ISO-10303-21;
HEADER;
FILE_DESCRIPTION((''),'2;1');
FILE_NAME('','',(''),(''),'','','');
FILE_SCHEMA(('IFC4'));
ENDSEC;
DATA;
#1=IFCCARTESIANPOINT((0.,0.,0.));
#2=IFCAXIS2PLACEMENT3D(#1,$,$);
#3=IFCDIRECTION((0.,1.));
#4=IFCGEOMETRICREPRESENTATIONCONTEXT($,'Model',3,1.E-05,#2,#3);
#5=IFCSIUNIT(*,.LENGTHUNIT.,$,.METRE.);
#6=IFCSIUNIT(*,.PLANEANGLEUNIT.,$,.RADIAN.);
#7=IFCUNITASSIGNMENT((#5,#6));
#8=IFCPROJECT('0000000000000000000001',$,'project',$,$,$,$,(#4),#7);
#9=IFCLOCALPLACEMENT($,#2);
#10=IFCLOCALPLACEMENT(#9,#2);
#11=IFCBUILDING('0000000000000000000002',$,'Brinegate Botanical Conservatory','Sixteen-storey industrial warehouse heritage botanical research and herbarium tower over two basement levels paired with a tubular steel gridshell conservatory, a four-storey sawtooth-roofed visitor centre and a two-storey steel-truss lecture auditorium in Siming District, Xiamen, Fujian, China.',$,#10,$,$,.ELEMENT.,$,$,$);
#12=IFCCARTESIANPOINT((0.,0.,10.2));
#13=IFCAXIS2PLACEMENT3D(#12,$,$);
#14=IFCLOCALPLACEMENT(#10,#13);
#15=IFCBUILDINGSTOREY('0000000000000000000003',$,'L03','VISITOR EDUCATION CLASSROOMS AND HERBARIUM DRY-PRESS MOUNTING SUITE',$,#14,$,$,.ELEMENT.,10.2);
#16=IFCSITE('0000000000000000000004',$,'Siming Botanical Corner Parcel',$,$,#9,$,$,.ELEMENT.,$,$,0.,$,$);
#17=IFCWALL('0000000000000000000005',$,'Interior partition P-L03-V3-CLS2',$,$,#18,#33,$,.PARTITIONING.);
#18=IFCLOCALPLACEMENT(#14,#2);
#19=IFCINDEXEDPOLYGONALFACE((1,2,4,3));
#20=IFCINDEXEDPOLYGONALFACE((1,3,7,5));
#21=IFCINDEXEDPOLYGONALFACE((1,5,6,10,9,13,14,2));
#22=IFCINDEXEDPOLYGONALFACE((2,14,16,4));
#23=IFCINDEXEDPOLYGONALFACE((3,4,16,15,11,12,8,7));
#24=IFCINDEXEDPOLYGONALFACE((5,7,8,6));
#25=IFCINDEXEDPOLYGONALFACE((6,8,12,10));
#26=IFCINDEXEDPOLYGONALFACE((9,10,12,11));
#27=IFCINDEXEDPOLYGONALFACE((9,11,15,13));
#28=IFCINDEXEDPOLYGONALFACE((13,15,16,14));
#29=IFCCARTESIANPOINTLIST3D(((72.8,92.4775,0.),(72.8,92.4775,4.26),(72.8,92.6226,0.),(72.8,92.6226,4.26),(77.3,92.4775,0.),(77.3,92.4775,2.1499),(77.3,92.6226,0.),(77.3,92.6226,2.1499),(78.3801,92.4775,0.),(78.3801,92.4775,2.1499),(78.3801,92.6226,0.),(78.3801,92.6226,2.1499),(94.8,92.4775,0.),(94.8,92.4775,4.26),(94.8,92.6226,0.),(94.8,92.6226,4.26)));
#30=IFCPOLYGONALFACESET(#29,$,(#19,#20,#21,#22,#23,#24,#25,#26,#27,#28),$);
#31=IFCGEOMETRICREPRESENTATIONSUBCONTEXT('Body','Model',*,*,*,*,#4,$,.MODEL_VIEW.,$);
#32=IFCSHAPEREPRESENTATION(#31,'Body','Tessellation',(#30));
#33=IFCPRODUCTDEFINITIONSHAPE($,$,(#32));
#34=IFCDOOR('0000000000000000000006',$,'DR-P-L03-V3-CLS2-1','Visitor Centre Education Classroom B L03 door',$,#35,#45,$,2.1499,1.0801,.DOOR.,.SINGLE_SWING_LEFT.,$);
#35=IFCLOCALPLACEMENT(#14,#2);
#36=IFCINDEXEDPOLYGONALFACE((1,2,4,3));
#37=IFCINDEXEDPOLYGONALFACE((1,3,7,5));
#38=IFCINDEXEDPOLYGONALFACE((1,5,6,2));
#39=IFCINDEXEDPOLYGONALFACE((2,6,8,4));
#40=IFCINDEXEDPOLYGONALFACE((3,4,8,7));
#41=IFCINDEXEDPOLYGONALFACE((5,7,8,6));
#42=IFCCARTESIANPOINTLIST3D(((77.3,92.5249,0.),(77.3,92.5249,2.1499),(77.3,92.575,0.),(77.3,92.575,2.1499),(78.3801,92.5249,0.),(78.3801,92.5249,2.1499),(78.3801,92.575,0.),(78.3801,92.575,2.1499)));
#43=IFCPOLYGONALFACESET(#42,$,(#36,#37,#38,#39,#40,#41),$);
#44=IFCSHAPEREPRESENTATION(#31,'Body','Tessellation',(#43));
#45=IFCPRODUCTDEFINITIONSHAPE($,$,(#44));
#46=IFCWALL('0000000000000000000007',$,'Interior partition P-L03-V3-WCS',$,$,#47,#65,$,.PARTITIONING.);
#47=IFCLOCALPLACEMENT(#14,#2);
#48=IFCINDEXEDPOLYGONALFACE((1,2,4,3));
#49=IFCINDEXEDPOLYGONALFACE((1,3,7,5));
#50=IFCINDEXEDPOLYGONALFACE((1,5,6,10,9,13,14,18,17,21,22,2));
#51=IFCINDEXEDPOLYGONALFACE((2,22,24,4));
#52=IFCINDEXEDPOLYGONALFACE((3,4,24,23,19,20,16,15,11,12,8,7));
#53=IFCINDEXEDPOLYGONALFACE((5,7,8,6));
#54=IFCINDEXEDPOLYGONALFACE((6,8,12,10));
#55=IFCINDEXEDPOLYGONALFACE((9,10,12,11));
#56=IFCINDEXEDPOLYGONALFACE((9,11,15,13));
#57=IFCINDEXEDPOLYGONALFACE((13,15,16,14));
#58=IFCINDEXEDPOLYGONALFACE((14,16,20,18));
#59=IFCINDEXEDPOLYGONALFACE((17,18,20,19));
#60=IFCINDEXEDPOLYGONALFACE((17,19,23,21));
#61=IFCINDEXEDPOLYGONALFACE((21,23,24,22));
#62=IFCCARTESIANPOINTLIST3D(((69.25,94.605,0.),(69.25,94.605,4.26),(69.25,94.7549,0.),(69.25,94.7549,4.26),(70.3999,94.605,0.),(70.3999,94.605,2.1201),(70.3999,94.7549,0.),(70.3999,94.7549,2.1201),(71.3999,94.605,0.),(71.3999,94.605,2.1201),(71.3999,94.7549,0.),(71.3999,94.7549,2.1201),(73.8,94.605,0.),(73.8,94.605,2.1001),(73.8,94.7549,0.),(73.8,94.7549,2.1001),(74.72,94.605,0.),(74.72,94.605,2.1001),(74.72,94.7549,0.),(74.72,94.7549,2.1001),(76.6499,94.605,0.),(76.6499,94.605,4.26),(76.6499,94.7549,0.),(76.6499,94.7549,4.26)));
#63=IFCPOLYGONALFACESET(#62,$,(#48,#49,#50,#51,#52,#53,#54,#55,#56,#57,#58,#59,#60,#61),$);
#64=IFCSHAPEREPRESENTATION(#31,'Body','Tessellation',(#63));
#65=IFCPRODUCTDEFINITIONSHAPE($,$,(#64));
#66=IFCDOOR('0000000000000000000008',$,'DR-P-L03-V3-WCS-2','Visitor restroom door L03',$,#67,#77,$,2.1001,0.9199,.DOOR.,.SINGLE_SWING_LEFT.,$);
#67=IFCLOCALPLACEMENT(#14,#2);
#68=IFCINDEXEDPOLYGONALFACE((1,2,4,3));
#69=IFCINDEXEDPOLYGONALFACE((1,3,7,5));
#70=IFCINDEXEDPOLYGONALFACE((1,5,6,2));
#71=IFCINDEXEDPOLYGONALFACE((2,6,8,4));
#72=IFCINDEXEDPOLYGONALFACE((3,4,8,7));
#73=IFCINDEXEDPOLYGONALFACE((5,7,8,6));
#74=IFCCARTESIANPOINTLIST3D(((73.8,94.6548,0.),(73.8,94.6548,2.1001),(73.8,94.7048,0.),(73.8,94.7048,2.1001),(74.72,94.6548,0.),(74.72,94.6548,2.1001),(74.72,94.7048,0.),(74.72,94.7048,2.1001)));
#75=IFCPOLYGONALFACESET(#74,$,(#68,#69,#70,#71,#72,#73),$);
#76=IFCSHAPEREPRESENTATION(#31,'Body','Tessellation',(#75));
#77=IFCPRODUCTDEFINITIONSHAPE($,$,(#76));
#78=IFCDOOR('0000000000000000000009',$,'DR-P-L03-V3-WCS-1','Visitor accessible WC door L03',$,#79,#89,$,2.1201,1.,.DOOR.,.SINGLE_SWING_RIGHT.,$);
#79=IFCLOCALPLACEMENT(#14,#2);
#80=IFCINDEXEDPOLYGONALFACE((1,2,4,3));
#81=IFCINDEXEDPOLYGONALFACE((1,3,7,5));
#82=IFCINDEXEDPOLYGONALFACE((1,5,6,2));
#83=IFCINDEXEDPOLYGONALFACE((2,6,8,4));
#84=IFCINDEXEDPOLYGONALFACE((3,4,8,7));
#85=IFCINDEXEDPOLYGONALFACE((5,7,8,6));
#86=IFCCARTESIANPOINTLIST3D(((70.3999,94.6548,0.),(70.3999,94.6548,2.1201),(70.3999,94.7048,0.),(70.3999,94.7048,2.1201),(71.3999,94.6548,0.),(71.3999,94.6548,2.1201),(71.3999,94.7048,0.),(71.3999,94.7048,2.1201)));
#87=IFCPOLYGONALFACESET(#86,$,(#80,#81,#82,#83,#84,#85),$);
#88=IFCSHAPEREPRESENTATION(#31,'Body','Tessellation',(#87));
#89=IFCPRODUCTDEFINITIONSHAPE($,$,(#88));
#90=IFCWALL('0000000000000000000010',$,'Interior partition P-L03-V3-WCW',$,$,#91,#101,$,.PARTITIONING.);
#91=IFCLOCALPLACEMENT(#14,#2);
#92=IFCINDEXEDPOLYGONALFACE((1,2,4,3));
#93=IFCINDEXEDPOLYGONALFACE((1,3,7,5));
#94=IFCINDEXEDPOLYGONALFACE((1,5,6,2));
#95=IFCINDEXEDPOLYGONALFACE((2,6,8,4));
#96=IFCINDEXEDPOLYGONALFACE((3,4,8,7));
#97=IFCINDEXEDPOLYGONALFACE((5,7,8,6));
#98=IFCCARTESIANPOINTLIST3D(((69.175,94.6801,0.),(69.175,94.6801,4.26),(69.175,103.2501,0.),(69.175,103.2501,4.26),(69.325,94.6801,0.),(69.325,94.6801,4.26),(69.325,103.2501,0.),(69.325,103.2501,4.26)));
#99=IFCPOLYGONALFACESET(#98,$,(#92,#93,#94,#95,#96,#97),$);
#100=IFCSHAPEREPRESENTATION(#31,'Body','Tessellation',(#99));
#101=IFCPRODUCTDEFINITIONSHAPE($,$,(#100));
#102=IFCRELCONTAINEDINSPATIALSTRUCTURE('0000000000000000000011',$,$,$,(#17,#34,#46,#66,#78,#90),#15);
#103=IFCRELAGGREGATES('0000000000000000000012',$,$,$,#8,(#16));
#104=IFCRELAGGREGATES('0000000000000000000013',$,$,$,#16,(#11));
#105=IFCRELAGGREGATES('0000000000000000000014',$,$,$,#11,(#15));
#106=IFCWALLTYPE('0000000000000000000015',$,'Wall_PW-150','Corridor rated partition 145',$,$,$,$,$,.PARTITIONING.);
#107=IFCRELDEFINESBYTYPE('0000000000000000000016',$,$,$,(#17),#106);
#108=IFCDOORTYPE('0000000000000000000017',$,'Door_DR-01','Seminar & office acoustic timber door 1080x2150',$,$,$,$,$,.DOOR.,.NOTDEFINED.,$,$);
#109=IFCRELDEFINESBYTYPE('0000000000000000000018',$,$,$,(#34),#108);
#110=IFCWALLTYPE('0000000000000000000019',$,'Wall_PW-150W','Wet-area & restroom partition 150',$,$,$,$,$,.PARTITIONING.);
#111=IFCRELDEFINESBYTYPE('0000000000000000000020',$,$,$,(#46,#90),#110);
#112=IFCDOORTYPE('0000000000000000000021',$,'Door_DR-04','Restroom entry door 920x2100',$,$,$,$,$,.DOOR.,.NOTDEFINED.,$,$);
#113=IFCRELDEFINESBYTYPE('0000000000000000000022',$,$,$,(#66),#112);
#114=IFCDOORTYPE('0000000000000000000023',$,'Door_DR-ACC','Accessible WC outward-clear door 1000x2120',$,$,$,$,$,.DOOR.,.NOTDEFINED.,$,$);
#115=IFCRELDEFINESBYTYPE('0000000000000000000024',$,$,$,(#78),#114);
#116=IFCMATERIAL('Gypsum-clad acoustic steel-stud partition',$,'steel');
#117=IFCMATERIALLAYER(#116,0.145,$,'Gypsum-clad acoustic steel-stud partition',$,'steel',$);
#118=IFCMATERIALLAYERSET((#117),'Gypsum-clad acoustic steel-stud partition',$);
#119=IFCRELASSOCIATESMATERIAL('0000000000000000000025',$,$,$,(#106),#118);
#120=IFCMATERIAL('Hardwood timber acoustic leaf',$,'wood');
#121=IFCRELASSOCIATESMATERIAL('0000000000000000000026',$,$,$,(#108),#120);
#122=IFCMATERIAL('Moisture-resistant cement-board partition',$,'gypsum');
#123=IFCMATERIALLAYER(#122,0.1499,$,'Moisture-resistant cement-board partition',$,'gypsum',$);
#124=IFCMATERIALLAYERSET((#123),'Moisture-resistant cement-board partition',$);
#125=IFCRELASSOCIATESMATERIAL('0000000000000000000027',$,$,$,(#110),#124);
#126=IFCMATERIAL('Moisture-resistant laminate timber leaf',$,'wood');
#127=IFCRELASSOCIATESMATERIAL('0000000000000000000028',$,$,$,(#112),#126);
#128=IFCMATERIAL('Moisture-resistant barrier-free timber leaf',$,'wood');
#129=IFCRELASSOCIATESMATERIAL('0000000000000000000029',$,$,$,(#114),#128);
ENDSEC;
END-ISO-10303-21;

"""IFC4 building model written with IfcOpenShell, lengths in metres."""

from ifc_helpers import new_model, si_unit, direction, frame, frame_2d, origin, place, context, subcontext, project, spatial, rectangle, extrude, material, layer, layer_set, type_object, element, fill, save


model = new_model("IFC4")

# Units and contexts
model_context = context("Model", 3, precision=1e-05, world=origin(), true_north=direction((0.0, 1.0)))
body_context = subcontext(model_context, "Body", "Model", "MODEL_VIEW")
ifc_project = project(units=[si_unit("LENGTHUNIT", "METRE"), si_unit("PLANEANGLEUNIT", "RADIAN")], contexts=[model_context])

# Site, building, storey
site_placement = place(None, origin())
site = spatial("IfcSite", under=ifc_project, at=site_placement, Name="Siming Botanical Corner Parcel", CompositionType="ELEMENT", RefElevation=0.0)
building_placement = place(site_placement, origin())
building = spatial("IfcBuilding", under=site, at=building_placement, Name="Brinegate Botanical Conservatory", Description="Sixteen-storey industrial warehouse heritage botanical research and herbarium tower over two basement levels paired with a tubular steel gridshell conservatory, a four-storey sawtooth-roofed visitor centre and a two-storey steel-truss lecture auditorium in Siming District, Xiamen, Fujian, China.", CompositionType="ELEMENT")
storey_placement = place(building_placement, frame((0.0, 0.0, 10.2)))
storey = spatial("IfcBuildingStorey", under=building, at=storey_placement, Name="L03", Description="VISITOR EDUCATION CLASSROOMS AND HERBARIUM DRY-PRESS MOUNTING SUITE", CompositionType="ELEMENT", Elevation=10.2)

# Wall, opening, door
ifc_material_1 = material(Name="Gypsum-clad acoustic steel-stud partition", Category="steel")
ifc_layer_1 = layer(ifc_material_1, 0.145, Name="Gypsum-clad acoustic steel-stud partition", Category="steel")
ifc_layer_set_1 = layer_set([ifc_layer_1], Name="Gypsum-clad acoustic steel-stud partition")
wall_type_1 = type_object("IfcWallType", Name="Wall_PW-150", Description="Corridor rated partition 145", PredefinedType="PARTITIONING", material=ifc_layer_set_1)
wall_1_placement = place(storey_placement, frame((72.8, 92.55, 0.0), z_axis=(0.0, 0.0, 1.0), x_axis=(1.0, 0.0, 0.0)))
wall_1 = element("IfcWall", 1, at=wall_1_placement, inside=storey, type_object=wall_type_1, Name="Interior partition P-L03-V3-CLS2", PredefinedType="PARTITIONING", context=body_context, shape_type="SweptSolid", body=[
    extrude(rectangle(XDim=22.0, YDim=0.145, at=frame_2d((11.0, 0.0))), origin(), (0.0, 0.0, 1.0), 4.26),
])
opening_1_placement = place(wall_1_placement, frame((4.5, 0.0, 0.0)))
opening_1 = element("IfcOpeningElement", 2, at=opening_1_placement, cuts=wall_1, PredefinedType="OPENING", context=body_context, shape_type="SweptSolid", body=[
    extrude(rectangle(XDim=1.0801, YDim=2.1499, at=frame_2d((0.54, 1.075))), frame((0.0, 0.0825, 0.0), z_axis=(0.0, -1.0, 0.0), x_axis=(1.0, 0.0, 0.0)), (0.0, 0.0, 1.0), 0.165),
])
ifc_material_2 = material(Name="Hardwood timber acoustic leaf", Category="wood")
door_type_1 = type_object("IfcDoorType", Name="Door_DR-01", Description="Seminar & office acoustic timber door 1080x2150", OperationType="NOTDEFINED", PredefinedType="DOOR", material=ifc_material_2)
door_1_placement = place(opening_1_placement, origin())
door_1 = element("IfcDoor", 3, at=door_1_placement, inside=storey, type_object=door_type_1, Name="DR-P-L03-V3-CLS2-1", Description="Visitor Centre Education Classroom B L03 door", OperationType="SINGLE_SWING_LEFT", OverallHeight=2.1499, OverallWidth=1.0801, PredefinedType="DOOR", context=body_context, shape_type="SweptSolid", body=[
    extrude(rectangle(XDim=1.0801, YDim=2.1499, at=frame_2d((0.54, 1.075))), frame((0.0, 0.0249, 0.0), z_axis=(0.0, -1.0, 0.0), x_axis=(1.0, 0.0, 0.0)), (0.0, 0.0, 1.0), 0.05),
])
fill(opening_1, door_1)

# Wall, openings, doors
ifc_material_3 = material(Name="Moisture-resistant cement-board partition", Category="gypsum")
ifc_layer_2 = layer(ifc_material_3, 0.1499, Name="Moisture-resistant cement-board partition", Category="gypsum")
ifc_layer_set_2 = layer_set([ifc_layer_2], Name="Moisture-resistant cement-board partition")
wall_type_2 = type_object("IfcWallType", Name="Wall_PW-150W", Description="Wet-area & restroom partition 150", PredefinedType="PARTITIONING", material=ifc_layer_set_2)
wall_2_placement = place(storey_placement, frame((69.25, 94.6799, 0.0), z_axis=(0.0, 0.0, 1.0), x_axis=(1.0, 0.0, 0.0)))
wall_2 = element("IfcWall", 4, at=wall_2_placement, inside=storey, type_object=wall_type_2, Name="Interior partition P-L03-V3-WCS", PredefinedType="PARTITIONING", context=body_context, shape_type="SweptSolid", body=[
    extrude(rectangle(XDim=7.3999, YDim=0.1499, at=frame_2d((3.7, 0.0))), origin(), (0.0, 0.0, 1.0), 4.26),
])
opening_2_placement = place(wall_2_placement, frame((1.1499, 0.0, 0.0)))
opening_2 = element("IfcOpeningElement", 5, at=opening_2_placement, cuts=wall_2, PredefinedType="OPENING", context=body_context, shape_type="SweptSolid", body=[
    extrude(rectangle(XDim=1.0, YDim=2.1201, at=frame_2d((0.5, 1.0601))), frame((0.0, 0.085, 0.0), z_axis=(0.0, -1.0, 0.0), x_axis=(1.0, 0.0, 0.0)), (0.0, 0.0, 1.0), 0.1699),
])
opening_3_placement = place(wall_2_placement, frame((4.55, 0.0, 0.0)))
opening_3 = element("IfcOpeningElement", 6, at=opening_3_placement, cuts=wall_2, PredefinedType="OPENING", context=body_context, shape_type="SweptSolid", body=[
    extrude(rectangle(XDim=0.9199, YDim=2.1001, at=frame_2d((0.46, 1.05))), frame((0.0, 0.085, 0.0), z_axis=(0.0, -1.0, 0.0), x_axis=(1.0, 0.0, 0.0)), (0.0, 0.0, 1.0), 0.1699),
])
ifc_material_4 = material(Name="Moisture-resistant laminate timber leaf", Category="wood")
door_type_2 = type_object("IfcDoorType", Name="Door_DR-04", Description="Restroom entry door 920x2100", OperationType="NOTDEFINED", PredefinedType="DOOR", material=ifc_material_4)
door_2_placement = place(opening_3_placement, origin())
door_2 = element("IfcDoor", 7, at=door_2_placement, inside=storey, type_object=door_type_2, Name="DR-P-L03-V3-WCS-2", Description="Visitor restroom door L03", OperationType="SINGLE_SWING_LEFT", OverallHeight=2.1001, OverallWidth=0.9199, PredefinedType="DOOR", context=body_context, shape_type="SweptSolid", body=[
    extrude(rectangle(XDim=0.9199, YDim=2.1001, at=frame_2d((0.46, 1.05))), frame((0.0, 0.0249, 0.0), z_axis=(0.0, -1.0, 0.0), x_axis=(1.0, 0.0, 0.0)), (0.0, 0.0, 1.0), 0.05),
])
fill(opening_3, door_2)
ifc_material_5 = material(Name="Moisture-resistant barrier-free timber leaf", Category="wood")
door_type_3 = type_object("IfcDoorType", Name="Door_DR-ACC", Description="Accessible WC outward-clear door 1000x2120", OperationType="NOTDEFINED", PredefinedType="DOOR", material=ifc_material_5)
door_3_placement = place(opening_2_placement, origin())
door_3 = element("IfcDoor", 8, at=door_3_placement, inside=storey, type_object=door_type_3, Name="DR-P-L03-V3-WCS-1", Description="Visitor accessible WC door L03", OperationType="SINGLE_SWING_RIGHT", OverallHeight=2.1201, OverallWidth=1.0, PredefinedType="DOOR", context=body_context, shape_type="SweptSolid", body=[
    extrude(rectangle(XDim=1.0, YDim=2.1201, at=frame_2d((0.5, 1.0601))), frame((0.0, 0.0249, 0.0), z_axis=(0.0, -1.0, 0.0), x_axis=(1.0, 0.0, 0.0)), (0.0, 0.0, 1.0), 0.05),
])
fill(opening_2, door_3)

# Wall
wall_3_placement = place(storey_placement, frame((69.25, 94.6799, 0.0), z_axis=(0.0, 0.0, 1.0), x_axis=(0.0, 1.0, 0.0)))
element("IfcWall", 9, at=wall_3_placement, inside=storey, type_object=wall_type_2, Name="Interior partition P-L03-V3-WCW", PredefinedType="PARTITIONING", context=body_context, shape_type="SweptSolid", body=[
    extrude(rectangle(XDim=8.5701, YDim=0.1499, at=frame_2d((4.2852, 0.0))), origin(), (0.0, 0.0, 1.0), 4.26),
])

save(model, "model.ifc")
